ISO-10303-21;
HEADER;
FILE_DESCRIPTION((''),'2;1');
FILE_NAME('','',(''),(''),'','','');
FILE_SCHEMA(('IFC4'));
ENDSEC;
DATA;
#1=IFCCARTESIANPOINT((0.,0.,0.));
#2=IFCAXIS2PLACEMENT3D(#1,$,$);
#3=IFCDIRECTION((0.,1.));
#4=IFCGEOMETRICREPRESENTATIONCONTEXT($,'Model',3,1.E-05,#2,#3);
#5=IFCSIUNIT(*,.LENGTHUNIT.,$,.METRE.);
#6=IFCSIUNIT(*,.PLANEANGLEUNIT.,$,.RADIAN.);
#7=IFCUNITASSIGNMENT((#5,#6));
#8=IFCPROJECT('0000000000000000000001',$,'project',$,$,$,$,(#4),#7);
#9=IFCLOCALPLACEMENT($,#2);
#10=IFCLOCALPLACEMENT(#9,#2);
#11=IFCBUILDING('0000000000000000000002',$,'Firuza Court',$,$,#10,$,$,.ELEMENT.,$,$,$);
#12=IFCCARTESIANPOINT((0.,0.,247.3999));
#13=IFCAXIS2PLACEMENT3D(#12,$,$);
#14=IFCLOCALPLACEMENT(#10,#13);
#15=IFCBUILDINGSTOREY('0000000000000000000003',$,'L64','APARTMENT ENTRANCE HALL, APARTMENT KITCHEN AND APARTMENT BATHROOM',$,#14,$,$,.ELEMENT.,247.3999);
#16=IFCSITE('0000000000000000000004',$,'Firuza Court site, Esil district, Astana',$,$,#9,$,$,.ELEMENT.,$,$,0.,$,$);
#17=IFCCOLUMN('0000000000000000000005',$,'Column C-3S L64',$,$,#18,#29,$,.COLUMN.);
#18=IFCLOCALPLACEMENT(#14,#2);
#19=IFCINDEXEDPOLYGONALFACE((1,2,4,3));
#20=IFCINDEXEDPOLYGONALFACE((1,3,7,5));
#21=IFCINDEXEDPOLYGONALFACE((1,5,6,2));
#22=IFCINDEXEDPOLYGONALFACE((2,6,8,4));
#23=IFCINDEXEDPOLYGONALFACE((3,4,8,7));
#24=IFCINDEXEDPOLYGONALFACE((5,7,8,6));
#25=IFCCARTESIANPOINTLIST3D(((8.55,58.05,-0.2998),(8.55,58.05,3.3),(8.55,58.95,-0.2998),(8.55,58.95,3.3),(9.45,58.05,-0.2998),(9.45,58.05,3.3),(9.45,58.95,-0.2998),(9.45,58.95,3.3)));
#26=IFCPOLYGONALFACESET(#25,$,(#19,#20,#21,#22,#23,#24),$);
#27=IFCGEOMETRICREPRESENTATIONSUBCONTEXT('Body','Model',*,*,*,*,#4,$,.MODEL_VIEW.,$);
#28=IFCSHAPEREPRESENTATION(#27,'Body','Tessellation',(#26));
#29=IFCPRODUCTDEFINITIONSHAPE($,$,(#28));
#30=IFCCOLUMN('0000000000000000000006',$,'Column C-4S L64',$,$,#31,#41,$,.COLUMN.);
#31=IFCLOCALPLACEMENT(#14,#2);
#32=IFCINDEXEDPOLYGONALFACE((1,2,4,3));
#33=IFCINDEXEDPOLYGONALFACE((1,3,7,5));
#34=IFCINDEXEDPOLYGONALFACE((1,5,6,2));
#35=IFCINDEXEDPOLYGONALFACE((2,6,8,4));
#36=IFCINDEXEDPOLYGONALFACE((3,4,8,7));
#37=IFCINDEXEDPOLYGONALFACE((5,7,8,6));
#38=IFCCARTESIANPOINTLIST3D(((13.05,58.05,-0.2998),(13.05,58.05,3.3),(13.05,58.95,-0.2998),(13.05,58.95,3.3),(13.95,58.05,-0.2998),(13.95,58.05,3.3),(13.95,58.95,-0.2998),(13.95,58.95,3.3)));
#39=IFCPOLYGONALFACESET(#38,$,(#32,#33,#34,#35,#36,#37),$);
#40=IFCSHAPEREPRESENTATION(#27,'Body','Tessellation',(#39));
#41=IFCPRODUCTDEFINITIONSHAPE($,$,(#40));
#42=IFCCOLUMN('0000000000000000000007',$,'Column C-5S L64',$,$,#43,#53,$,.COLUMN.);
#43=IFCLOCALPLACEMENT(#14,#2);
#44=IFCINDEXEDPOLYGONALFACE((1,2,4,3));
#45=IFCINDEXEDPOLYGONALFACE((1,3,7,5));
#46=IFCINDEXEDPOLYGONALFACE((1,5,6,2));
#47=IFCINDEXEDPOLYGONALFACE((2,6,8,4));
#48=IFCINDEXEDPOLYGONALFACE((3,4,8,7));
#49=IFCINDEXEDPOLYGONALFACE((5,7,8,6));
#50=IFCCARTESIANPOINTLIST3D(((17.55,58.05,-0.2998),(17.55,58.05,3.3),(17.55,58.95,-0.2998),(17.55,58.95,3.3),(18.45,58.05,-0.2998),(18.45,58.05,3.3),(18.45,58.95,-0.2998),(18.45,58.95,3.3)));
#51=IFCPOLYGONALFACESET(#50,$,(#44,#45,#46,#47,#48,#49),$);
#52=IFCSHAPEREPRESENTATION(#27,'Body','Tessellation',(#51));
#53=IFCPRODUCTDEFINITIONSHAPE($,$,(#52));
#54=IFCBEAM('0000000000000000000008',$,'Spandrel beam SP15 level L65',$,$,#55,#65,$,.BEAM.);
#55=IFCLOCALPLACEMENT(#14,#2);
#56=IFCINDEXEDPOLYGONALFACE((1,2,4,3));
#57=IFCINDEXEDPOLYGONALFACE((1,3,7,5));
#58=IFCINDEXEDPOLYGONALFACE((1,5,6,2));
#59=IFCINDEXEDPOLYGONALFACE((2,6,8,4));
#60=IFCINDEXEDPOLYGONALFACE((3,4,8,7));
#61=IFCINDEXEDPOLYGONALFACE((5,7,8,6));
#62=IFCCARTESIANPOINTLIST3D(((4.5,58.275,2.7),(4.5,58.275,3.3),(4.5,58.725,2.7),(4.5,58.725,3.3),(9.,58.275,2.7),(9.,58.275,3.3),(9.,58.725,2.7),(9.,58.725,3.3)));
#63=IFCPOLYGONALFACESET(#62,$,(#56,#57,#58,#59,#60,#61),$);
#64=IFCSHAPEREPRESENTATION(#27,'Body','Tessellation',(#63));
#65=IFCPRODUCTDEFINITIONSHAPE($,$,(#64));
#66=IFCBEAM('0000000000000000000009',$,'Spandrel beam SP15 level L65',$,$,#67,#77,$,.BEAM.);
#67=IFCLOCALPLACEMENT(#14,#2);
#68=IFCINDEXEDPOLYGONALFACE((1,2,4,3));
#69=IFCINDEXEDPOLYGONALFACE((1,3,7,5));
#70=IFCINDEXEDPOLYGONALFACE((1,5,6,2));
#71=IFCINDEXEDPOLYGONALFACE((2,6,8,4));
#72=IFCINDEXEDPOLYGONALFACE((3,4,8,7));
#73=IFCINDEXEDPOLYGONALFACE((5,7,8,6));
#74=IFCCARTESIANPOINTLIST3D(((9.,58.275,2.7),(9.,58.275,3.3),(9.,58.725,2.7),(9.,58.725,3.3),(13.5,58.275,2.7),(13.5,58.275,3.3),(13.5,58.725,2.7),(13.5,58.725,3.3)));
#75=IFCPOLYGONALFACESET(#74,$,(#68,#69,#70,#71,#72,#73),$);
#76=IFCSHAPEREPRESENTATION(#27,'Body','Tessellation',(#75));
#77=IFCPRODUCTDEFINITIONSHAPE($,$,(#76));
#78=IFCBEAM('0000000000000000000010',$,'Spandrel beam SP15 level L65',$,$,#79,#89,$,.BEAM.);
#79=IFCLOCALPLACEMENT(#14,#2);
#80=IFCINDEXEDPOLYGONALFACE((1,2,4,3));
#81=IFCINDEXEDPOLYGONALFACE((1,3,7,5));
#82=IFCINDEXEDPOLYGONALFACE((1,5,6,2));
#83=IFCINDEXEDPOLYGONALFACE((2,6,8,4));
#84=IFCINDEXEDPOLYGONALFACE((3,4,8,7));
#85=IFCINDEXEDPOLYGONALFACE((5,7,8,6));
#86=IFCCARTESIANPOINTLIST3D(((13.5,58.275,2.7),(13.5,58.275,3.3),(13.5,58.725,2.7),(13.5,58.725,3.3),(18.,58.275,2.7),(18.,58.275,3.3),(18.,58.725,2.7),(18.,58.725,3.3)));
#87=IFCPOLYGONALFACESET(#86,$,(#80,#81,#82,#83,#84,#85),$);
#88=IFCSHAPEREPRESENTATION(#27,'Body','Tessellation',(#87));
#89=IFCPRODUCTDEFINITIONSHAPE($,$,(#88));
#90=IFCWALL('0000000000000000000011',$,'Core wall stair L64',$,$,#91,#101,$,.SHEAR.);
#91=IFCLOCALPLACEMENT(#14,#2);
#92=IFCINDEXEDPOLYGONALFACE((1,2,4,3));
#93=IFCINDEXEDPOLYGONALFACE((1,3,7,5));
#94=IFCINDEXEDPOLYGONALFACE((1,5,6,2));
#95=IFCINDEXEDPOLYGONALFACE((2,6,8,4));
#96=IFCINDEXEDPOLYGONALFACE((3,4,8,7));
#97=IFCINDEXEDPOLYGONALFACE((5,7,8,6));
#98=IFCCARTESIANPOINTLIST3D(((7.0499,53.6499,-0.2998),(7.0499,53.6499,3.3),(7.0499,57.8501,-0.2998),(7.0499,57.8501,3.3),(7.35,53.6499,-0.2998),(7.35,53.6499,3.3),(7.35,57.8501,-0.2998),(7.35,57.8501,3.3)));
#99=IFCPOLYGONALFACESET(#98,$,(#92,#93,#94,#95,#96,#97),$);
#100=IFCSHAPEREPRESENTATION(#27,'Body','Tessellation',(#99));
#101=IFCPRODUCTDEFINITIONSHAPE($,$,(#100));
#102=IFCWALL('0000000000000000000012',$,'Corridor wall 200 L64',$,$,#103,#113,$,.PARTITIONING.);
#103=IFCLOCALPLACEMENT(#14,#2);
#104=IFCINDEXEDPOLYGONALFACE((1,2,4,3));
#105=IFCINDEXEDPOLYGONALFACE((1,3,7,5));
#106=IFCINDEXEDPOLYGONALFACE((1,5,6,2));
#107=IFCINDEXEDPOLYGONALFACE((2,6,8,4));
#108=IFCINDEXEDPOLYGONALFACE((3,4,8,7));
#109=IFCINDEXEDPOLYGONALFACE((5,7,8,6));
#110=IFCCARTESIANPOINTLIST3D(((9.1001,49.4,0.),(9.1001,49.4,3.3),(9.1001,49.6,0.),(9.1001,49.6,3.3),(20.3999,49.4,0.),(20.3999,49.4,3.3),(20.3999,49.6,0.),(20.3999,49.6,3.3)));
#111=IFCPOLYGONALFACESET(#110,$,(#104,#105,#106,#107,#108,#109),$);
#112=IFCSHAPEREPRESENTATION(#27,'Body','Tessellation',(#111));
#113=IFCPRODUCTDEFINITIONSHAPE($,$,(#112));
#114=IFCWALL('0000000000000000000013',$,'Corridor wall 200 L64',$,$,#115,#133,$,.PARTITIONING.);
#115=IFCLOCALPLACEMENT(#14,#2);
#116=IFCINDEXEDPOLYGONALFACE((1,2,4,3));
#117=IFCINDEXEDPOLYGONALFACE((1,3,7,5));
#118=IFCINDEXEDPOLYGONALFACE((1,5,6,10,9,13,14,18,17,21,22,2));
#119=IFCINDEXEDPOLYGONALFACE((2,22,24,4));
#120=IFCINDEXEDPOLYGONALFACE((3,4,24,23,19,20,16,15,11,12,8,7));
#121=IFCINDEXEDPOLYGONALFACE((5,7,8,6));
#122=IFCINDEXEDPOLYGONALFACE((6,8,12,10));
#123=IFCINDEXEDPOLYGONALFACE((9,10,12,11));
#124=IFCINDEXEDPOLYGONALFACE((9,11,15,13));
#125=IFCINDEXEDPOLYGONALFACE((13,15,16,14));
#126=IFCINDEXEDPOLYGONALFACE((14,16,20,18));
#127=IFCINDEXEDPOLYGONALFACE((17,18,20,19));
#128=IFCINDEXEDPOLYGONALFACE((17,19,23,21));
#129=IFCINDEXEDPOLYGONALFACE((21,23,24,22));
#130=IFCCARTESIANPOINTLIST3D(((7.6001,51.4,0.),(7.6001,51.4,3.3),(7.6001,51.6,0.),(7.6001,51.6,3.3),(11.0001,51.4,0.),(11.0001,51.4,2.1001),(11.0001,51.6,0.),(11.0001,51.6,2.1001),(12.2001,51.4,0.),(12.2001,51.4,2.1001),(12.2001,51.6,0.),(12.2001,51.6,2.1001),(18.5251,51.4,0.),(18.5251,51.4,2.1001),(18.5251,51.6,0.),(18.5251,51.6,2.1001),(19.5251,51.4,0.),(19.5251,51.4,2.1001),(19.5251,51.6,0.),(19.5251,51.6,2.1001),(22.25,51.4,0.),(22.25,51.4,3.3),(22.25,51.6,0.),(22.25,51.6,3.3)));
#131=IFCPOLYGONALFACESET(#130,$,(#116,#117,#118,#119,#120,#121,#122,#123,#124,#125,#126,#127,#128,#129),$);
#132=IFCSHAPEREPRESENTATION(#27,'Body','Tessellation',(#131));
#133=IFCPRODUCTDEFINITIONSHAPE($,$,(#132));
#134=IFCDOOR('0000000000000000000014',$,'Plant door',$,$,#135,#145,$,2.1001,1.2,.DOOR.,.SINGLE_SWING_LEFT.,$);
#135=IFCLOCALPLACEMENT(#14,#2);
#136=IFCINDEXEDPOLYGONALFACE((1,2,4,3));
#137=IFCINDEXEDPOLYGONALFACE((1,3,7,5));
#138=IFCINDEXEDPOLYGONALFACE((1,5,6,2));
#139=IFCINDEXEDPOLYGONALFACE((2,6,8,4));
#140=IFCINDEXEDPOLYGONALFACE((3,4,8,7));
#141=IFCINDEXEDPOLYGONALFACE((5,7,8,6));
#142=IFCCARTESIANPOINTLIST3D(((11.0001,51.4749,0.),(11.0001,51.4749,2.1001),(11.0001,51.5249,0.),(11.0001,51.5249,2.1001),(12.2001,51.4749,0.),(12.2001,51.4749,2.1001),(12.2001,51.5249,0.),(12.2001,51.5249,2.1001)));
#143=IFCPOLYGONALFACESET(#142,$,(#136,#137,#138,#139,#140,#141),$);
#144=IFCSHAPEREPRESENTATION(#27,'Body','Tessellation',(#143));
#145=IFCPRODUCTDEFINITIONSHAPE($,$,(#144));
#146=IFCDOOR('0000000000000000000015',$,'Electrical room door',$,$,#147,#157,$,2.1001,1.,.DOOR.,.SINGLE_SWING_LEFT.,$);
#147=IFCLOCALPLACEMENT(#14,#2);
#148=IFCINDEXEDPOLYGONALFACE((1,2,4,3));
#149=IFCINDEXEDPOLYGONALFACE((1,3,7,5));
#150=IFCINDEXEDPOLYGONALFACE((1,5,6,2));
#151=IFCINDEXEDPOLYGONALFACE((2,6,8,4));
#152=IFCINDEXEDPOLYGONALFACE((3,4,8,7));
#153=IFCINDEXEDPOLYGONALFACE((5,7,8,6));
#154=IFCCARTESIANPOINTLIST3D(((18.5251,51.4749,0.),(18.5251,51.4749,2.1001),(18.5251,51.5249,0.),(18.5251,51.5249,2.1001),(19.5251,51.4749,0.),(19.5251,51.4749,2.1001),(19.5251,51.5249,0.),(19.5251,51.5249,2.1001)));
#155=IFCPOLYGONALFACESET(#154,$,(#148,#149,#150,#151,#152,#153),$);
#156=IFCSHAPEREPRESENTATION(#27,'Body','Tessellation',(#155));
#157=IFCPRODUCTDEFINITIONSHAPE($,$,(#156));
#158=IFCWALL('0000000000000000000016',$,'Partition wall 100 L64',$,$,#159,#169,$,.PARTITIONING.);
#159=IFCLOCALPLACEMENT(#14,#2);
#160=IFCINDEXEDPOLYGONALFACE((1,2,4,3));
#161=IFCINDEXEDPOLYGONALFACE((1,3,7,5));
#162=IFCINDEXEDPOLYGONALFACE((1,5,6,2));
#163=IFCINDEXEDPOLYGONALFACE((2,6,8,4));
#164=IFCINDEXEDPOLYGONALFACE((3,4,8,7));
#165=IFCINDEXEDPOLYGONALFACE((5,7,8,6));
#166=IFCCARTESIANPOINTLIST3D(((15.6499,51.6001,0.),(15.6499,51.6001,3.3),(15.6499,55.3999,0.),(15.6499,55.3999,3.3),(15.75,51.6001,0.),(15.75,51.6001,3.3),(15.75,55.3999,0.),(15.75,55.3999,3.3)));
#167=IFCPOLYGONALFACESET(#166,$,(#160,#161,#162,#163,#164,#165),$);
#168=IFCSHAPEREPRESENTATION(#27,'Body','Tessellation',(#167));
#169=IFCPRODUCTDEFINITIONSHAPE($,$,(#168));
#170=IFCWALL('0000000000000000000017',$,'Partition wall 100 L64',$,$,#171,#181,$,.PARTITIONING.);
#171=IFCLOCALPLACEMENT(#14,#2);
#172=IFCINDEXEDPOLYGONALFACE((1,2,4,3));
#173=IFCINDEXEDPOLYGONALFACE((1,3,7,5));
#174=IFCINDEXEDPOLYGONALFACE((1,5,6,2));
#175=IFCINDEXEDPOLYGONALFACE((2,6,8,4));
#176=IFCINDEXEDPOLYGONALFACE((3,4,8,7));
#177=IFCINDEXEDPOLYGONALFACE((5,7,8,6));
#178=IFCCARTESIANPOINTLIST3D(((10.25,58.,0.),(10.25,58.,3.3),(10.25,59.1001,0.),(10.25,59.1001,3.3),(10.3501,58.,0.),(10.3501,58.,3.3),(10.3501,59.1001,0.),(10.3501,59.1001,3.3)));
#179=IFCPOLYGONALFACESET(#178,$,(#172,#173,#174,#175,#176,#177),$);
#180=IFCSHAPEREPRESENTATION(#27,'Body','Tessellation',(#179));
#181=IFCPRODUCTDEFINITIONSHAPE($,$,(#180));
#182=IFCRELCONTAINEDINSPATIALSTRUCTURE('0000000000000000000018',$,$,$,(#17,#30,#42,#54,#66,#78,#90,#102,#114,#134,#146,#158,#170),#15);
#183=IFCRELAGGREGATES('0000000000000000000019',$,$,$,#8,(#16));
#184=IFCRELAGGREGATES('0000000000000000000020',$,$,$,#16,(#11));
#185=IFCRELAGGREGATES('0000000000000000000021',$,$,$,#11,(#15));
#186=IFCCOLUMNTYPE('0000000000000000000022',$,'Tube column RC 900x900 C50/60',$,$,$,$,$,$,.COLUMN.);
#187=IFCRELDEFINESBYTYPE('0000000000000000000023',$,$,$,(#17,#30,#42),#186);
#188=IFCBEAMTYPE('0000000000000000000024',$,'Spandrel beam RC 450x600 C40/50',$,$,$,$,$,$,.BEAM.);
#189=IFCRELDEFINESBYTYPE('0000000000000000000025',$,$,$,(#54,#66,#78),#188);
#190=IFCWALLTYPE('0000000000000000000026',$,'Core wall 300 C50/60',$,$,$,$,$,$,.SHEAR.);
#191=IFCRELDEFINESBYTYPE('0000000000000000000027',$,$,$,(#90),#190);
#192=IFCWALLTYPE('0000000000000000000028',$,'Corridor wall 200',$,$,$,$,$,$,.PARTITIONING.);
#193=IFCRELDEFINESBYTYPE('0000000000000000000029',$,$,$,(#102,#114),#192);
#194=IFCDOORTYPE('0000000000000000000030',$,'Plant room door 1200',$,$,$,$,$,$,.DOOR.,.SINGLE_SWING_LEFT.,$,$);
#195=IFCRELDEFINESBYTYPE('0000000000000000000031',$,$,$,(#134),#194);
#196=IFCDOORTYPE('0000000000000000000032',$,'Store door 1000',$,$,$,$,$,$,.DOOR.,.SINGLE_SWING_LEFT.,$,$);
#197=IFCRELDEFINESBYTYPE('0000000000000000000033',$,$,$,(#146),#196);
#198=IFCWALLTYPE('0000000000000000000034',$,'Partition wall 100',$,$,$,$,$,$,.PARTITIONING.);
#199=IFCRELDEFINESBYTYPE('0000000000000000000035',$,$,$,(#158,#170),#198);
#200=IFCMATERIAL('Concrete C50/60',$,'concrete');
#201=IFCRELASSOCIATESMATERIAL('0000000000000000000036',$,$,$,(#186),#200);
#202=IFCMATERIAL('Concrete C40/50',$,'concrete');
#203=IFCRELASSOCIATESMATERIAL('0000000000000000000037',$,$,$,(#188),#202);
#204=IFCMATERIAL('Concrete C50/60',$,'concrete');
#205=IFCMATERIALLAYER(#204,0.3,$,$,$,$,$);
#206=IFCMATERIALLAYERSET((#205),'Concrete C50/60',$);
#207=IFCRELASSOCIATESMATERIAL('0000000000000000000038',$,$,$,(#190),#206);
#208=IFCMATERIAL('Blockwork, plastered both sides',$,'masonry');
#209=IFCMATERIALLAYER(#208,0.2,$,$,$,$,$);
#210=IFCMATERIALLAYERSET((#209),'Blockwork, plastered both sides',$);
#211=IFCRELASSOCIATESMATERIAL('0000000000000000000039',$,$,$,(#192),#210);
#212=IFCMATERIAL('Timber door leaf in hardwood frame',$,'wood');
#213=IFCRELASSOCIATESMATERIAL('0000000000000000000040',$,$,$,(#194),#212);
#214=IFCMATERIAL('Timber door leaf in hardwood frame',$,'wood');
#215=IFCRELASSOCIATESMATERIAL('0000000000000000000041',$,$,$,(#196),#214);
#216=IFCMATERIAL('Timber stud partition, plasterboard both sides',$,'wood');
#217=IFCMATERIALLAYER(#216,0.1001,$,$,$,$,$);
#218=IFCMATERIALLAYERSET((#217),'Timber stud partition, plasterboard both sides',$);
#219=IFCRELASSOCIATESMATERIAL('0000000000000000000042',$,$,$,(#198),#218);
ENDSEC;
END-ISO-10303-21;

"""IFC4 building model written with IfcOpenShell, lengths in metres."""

from ifc_helpers import new_model, si_unit, direction, frame, frame_2d, origin, origin_2d, place, context, subcontext, project, spatial, rectangle, extrude, material, layer, layer_set, material_profile, profile_set, type_object, element, fill, save


model = new_model("IFC4")

# Units and contexts
model_context = context("Model", 3, precision=1e-05, world=origin(), true_north=direction((0.0, 1.0)))
body_context = subcontext(model_context, "Body", "Model", "MODEL_VIEW")
ifc_project = project(units=[si_unit("LENGTHUNIT", "METRE"), si_unit("PLANEANGLEUNIT", "RADIAN")], contexts=[model_context])

# Site, building, storey
site_placement = place(None, origin())
site = spatial("IfcSite", under=ifc_project, at=site_placement, Name="Firuza Court site, Esil district, Astana", CompositionType="ELEMENT", RefElevation=0.0)
building_placement = place(site_placement, origin())
building = spatial("IfcBuilding", under=site, at=building_placement, Name="Firuza Court", CompositionType="ELEMENT")
storey_placement = place(building_placement, frame((0.0, 0.0, 247.3999)))
storey = spatial("IfcBuildingStorey", under=building, at=storey_placement, Name="L64", Description="APARTMENT ENTRANCE HALL, APARTMENT KITCHEN AND APARTMENT BATHROOM", CompositionType="ELEMENT", Elevation=247.3999)

# Columns
ifc_material_1 = material(Name="Concrete C50/60", Category="concrete")
ifc_material_profile_1 = material_profile(ifc_material_1, rectangle(XDim=0.8999, YDim=0.8999, at=origin_2d()), Name="RC 900x900")
ifc_profile_set_1 = profile_set([ifc_material_profile_1], Name="Concrete C50/60")
column_type = type_object("IfcColumnType", Name="Tube column RC 900x900 C50/60", PredefinedType="COLUMN", material=ifc_profile_set_1)
for number, where, z_axis, x_axis, name in (
    (1, (9.0, 58.5, -0.2998), (0.0, 0.0, 1.0), (1.0, 0.0, 0.0), "Column C-3S L64"),
    (2, (13.5, 58.5, -0.2998), (0.0, 0.0, 1.0), (1.0, 0.0, 0.0), "Column C-4S L64"),
    (3, (18.0, 58.5, -0.2998), (0.0, 0.0, 1.0), (1.0, 0.0, 0.0), "Column C-5S L64"),
):
    element("IfcColumn", number, at=place(storey_placement, frame(where, z_axis=z_axis, x_axis=x_axis)), inside=storey, type_object=column_type, Name=name, PredefinedType="COLUMN", context=body_context, shape_type="SweptSolid", body=[
        extrude(rectangle(XDim=0.8999, YDim=0.8999, at=origin_2d()), origin(), (0.0, 0.0, 1.0), 3.5999),
    ])

# Beams
ifc_material_2 = material(Name="Concrete C40/50", Category="concrete")
ifc_material_profile_2 = material_profile(ifc_material_2, rectangle(XDim=0.45, YDim=0.6001, at=origin_2d()), Name="RC 450x600")
ifc_profile_set_2 = profile_set([ifc_material_profile_2], Name="Concrete C40/50")
beam_type = type_object("IfcBeamType", Name="Spandrel beam RC 450x600 C40/50", PredefinedType="BEAM", material=ifc_profile_set_2)
for number, where, z_axis, x_axis, name in (
    (4, (9.0, 58.5, 3.0), (-1.0, 0.0, 0.0), (0.0, -1.0, 0.0), "Spandrel beam SP15 level L65"),
    (5, (13.5, 58.5, 3.0), (-1.0, 0.0, 0.0), (0.0, -1.0, 0.0), "Spandrel beam SP15 level L65"),
    (6, (18.0, 58.5, 3.0), (-1.0, 0.0, 0.0), (0.0, -1.0, 0.0), "Spandrel beam SP15 level L65"),
):
    element("IfcBeam", number, at=place(storey_placement, frame(where, z_axis=z_axis, x_axis=x_axis)), inside=storey, type_object=beam_type, Name=name, PredefinedType="BEAM", context=body_context, shape_type="SweptSolid", body=[
        extrude(rectangle(XDim=0.45, YDim=0.6001, at=origin_2d()), origin(), (0.0, 0.0, 1.0), 4.5),
    ])

# Walls
ifc_material_3 = material(Name="Concrete C50/60", Category="concrete")
ifc_layer_1 = layer(ifc_material_3, 0.3)
ifc_layer_set_1 = layer_set([ifc_layer_1], Name="Concrete C50/60")
wall_type_1 = type_object("IfcWallType", Name="Core wall 300 C50/60", PredefinedType="SHEAR", material=ifc_layer_set_1)
wall_1_placement = place(storey_placement, frame((7.2, 53.6499, -0.2998), z_axis=(0.0, 0.0, 1.0), x_axis=(0.0, 1.0, 0.0)))
element("IfcWall", 7, at=wall_1_placement, inside=storey, type_object=wall_type_1, Name="Core wall stair L64", PredefinedType="SHEAR", context=body_context, shape_type="SweptSolid", body=[
    extrude(rectangle(XDim=4.2002, YDim=0.3, at=frame_2d((2.1001, 0.0))), origin(), (0.0, 0.0, 1.0), 3.5999),
])
ifc_material_4 = material(Name="Blockwork, plastered both sides", Category="masonry")
ifc_layer_2 = layer(ifc_material_4, 0.2)
ifc_layer_set_2 = layer_set([ifc_layer_2], Name="Blockwork, plastered both sides")
wall_type_2 = type_object("IfcWallType", Name="Corridor wall 200", PredefinedType="PARTITIONING", material=ifc_layer_set_2)
wall_2_placement = place(storey_placement, frame((9.1001, 49.5, 0.0), z_axis=(0.0, 0.0, 1.0), x_axis=(1.0, 0.0, 0.0)))
element("IfcWall", 8, at=wall_2_placement, inside=storey, type_object=wall_type_2, Name="Corridor wall 200 L64", PredefinedType="PARTITIONING", context=body_context, shape_type="SweptSolid", body=[
    extrude(rectangle(XDim=11.2998, YDim=0.2, at=frame_2d((5.6499, 0.0))), origin(), (0.0, 0.0, 1.0), 3.3),
])

# Wall, openings, doors
wall_3_placement = place(storey_placement, frame((7.6001, 51.5, 0.0), z_axis=(0.0, 0.0, 1.0), x_axis=(1.0, 0.0, 0.0)))
wall_3 = element("IfcWall", 9, at=wall_3_placement, inside=storey, type_object=wall_type_2, Name="Corridor wall 200 L64", PredefinedType="PARTITIONING", context=body_context, shape_type="SweptSolid", body=[
    extrude(rectangle(XDim=14.6499, YDim=0.2, at=frame_2d((7.325, 0.0))), origin(), (0.0, 0.0, 1.0), 3.3),
])
opening_1_placement = place(wall_3_placement, frame((3.3999, 0.0, 0.0)))
opening_1 = element("IfcOpeningElement", 10, at=opening_1_placement, cuts=wall_3, PredefinedType="OPENING", context=body_context, shape_type="SweptSolid", body=[
    extrude(rectangle(XDim=1.2, YDim=2.1001, at=frame_2d((0.6001, 1.05))), frame((0.0, 0.1118, 0.0), z_axis=(0.0, -1.0, 0.0), x_axis=(1.0, 0.0, 0.0)), (0.0, 0.0, 1.0), 0.2239),
])
opening_2_placement = place(wall_3_placement, frame((10.925, 0.0, 0.0)))
opening_2 = element("IfcOpeningElement", 11, at=opening_2_placement, cuts=wall_3, PredefinedType="OPENING", context=body_context, shape_type="SweptSolid", body=[
    extrude(rectangle(XDim=1.0, YDim=2.1001, at=frame_2d((0.5, 1.05))), frame((0.0, 0.1118, 0.0), z_axis=(0.0, -1.0, 0.0), x_axis=(1.0, 0.0, 0.0)), (0.0, 0.0, 1.0), 0.2239),
])
ifc_material_5 = material(Name="Timber door leaf in hardwood frame", Category="wood")
door_type_1 = type_object("IfcDoorType", Name="Plant room door 1200", OperationType="SINGLE_SWING_LEFT", PredefinedType="DOOR", material=ifc_material_5)
door_1_placement = place(opening_1_placement, origin())
door_1 = element("IfcDoor", 12, at=door_1_placement, inside=storey, type_object=door_type_1, Name="Plant door", OperationType="SINGLE_SWING_LEFT", OverallHeight=2.1001, OverallWidth=1.2, PredefinedType="DOOR", context=body_context, shape_type="SweptSolid", body=[
    extrude(rectangle(XDim=1.2, YDim=2.1001, at=frame_2d((0.6001, 1.05))), frame((0.0, 0.0249, 0.0), z_axis=(0.0, -1.0, 0.0), x_axis=(1.0, 0.0, 0.0)), (0.0, 0.0, 1.0), 0.05),
])
fill(opening_1, door_1)
ifc_material_6 = material(Name="Timber door leaf in hardwood frame", Category="wood")
door_type_2 = type_object("IfcDoorType", Name="Store door 1000", OperationType="SINGLE_SWING_LEFT", PredefinedType="DOOR", material=ifc_material_6)
door_2_placement = place(opening_2_placement, origin())
door_2 = element("IfcDoor", 13, at=door_2_placement, inside=storey, type_object=door_type_2, Name="Electrical room door", OperationType="SINGLE_SWING_LEFT", OverallHeight=2.1001, OverallWidth=1.0, PredefinedType="DOOR", context=body_context, shape_type="SweptSolid", body=[
    extrude(rectangle(XDim=1.0, YDim=2.1001, at=frame_2d((0.5, 1.05))), frame((0.0, 0.0249, 0.0), z_axis=(0.0, -1.0, 0.0), x_axis=(1.0, 0.0, 0.0)), (0.0, 0.0, 1.0), 0.05),
])
fill(opening_2, door_2)

# Walls
ifc_material_7 = material(Name="Timber stud partition, plasterboard both sides", Category="wood")
ifc_layer_3 = layer(ifc_material_7, 0.1001)
ifc_layer_set_3 = layer_set([ifc_layer_3], Name="Timber stud partition, plasterboard both sides")
wall_type_3 = type_object("IfcWallType", Name="Partition wall 100", PredefinedType="PARTITIONING", material=ifc_layer_set_3)
wall_4_placement = place(storey_placement, frame((15.7, 51.6001, 0.0), z_axis=(0.0, 0.0, 1.0), x_axis=(0.0, 1.0, 0.0)))
element("IfcWall", 14, at=wall_4_placement, inside=storey, type_object=wall_type_3, Name="Partition wall 100 L64", PredefinedType="PARTITIONING", context=body_context, shape_type="SweptSolid", body=[
    extrude(rectangle(XDim=3.7998, YDim=0.1001, at=frame_2d((1.8999, 0.0))), origin(), (0.0, 0.0, 1.0), 3.3),
])
for number, where, z_axis, x_axis, name in (
    (15, (10.3, 58.0, 0.0), (0.0, 0.0, 1.0), (0.0, 1.0, 0.0), "Partition wall 100 L64"),
):
    element("IfcWall", number, at=place(storey_placement, frame(where, z_axis=z_axis, x_axis=x_axis)), inside=storey, type_object=wall_type_3, Name=name, PredefinedType="PARTITIONING", context=body_context, shape_type="SweptSolid", body=[
        extrude(rectangle(XDim=1.1001, YDim=0.1001, at=frame_2d((0.55, 0.0))), origin(), (0.0, 0.0, 1.0), 3.3),
    ])

save(model, "model.ifc")
